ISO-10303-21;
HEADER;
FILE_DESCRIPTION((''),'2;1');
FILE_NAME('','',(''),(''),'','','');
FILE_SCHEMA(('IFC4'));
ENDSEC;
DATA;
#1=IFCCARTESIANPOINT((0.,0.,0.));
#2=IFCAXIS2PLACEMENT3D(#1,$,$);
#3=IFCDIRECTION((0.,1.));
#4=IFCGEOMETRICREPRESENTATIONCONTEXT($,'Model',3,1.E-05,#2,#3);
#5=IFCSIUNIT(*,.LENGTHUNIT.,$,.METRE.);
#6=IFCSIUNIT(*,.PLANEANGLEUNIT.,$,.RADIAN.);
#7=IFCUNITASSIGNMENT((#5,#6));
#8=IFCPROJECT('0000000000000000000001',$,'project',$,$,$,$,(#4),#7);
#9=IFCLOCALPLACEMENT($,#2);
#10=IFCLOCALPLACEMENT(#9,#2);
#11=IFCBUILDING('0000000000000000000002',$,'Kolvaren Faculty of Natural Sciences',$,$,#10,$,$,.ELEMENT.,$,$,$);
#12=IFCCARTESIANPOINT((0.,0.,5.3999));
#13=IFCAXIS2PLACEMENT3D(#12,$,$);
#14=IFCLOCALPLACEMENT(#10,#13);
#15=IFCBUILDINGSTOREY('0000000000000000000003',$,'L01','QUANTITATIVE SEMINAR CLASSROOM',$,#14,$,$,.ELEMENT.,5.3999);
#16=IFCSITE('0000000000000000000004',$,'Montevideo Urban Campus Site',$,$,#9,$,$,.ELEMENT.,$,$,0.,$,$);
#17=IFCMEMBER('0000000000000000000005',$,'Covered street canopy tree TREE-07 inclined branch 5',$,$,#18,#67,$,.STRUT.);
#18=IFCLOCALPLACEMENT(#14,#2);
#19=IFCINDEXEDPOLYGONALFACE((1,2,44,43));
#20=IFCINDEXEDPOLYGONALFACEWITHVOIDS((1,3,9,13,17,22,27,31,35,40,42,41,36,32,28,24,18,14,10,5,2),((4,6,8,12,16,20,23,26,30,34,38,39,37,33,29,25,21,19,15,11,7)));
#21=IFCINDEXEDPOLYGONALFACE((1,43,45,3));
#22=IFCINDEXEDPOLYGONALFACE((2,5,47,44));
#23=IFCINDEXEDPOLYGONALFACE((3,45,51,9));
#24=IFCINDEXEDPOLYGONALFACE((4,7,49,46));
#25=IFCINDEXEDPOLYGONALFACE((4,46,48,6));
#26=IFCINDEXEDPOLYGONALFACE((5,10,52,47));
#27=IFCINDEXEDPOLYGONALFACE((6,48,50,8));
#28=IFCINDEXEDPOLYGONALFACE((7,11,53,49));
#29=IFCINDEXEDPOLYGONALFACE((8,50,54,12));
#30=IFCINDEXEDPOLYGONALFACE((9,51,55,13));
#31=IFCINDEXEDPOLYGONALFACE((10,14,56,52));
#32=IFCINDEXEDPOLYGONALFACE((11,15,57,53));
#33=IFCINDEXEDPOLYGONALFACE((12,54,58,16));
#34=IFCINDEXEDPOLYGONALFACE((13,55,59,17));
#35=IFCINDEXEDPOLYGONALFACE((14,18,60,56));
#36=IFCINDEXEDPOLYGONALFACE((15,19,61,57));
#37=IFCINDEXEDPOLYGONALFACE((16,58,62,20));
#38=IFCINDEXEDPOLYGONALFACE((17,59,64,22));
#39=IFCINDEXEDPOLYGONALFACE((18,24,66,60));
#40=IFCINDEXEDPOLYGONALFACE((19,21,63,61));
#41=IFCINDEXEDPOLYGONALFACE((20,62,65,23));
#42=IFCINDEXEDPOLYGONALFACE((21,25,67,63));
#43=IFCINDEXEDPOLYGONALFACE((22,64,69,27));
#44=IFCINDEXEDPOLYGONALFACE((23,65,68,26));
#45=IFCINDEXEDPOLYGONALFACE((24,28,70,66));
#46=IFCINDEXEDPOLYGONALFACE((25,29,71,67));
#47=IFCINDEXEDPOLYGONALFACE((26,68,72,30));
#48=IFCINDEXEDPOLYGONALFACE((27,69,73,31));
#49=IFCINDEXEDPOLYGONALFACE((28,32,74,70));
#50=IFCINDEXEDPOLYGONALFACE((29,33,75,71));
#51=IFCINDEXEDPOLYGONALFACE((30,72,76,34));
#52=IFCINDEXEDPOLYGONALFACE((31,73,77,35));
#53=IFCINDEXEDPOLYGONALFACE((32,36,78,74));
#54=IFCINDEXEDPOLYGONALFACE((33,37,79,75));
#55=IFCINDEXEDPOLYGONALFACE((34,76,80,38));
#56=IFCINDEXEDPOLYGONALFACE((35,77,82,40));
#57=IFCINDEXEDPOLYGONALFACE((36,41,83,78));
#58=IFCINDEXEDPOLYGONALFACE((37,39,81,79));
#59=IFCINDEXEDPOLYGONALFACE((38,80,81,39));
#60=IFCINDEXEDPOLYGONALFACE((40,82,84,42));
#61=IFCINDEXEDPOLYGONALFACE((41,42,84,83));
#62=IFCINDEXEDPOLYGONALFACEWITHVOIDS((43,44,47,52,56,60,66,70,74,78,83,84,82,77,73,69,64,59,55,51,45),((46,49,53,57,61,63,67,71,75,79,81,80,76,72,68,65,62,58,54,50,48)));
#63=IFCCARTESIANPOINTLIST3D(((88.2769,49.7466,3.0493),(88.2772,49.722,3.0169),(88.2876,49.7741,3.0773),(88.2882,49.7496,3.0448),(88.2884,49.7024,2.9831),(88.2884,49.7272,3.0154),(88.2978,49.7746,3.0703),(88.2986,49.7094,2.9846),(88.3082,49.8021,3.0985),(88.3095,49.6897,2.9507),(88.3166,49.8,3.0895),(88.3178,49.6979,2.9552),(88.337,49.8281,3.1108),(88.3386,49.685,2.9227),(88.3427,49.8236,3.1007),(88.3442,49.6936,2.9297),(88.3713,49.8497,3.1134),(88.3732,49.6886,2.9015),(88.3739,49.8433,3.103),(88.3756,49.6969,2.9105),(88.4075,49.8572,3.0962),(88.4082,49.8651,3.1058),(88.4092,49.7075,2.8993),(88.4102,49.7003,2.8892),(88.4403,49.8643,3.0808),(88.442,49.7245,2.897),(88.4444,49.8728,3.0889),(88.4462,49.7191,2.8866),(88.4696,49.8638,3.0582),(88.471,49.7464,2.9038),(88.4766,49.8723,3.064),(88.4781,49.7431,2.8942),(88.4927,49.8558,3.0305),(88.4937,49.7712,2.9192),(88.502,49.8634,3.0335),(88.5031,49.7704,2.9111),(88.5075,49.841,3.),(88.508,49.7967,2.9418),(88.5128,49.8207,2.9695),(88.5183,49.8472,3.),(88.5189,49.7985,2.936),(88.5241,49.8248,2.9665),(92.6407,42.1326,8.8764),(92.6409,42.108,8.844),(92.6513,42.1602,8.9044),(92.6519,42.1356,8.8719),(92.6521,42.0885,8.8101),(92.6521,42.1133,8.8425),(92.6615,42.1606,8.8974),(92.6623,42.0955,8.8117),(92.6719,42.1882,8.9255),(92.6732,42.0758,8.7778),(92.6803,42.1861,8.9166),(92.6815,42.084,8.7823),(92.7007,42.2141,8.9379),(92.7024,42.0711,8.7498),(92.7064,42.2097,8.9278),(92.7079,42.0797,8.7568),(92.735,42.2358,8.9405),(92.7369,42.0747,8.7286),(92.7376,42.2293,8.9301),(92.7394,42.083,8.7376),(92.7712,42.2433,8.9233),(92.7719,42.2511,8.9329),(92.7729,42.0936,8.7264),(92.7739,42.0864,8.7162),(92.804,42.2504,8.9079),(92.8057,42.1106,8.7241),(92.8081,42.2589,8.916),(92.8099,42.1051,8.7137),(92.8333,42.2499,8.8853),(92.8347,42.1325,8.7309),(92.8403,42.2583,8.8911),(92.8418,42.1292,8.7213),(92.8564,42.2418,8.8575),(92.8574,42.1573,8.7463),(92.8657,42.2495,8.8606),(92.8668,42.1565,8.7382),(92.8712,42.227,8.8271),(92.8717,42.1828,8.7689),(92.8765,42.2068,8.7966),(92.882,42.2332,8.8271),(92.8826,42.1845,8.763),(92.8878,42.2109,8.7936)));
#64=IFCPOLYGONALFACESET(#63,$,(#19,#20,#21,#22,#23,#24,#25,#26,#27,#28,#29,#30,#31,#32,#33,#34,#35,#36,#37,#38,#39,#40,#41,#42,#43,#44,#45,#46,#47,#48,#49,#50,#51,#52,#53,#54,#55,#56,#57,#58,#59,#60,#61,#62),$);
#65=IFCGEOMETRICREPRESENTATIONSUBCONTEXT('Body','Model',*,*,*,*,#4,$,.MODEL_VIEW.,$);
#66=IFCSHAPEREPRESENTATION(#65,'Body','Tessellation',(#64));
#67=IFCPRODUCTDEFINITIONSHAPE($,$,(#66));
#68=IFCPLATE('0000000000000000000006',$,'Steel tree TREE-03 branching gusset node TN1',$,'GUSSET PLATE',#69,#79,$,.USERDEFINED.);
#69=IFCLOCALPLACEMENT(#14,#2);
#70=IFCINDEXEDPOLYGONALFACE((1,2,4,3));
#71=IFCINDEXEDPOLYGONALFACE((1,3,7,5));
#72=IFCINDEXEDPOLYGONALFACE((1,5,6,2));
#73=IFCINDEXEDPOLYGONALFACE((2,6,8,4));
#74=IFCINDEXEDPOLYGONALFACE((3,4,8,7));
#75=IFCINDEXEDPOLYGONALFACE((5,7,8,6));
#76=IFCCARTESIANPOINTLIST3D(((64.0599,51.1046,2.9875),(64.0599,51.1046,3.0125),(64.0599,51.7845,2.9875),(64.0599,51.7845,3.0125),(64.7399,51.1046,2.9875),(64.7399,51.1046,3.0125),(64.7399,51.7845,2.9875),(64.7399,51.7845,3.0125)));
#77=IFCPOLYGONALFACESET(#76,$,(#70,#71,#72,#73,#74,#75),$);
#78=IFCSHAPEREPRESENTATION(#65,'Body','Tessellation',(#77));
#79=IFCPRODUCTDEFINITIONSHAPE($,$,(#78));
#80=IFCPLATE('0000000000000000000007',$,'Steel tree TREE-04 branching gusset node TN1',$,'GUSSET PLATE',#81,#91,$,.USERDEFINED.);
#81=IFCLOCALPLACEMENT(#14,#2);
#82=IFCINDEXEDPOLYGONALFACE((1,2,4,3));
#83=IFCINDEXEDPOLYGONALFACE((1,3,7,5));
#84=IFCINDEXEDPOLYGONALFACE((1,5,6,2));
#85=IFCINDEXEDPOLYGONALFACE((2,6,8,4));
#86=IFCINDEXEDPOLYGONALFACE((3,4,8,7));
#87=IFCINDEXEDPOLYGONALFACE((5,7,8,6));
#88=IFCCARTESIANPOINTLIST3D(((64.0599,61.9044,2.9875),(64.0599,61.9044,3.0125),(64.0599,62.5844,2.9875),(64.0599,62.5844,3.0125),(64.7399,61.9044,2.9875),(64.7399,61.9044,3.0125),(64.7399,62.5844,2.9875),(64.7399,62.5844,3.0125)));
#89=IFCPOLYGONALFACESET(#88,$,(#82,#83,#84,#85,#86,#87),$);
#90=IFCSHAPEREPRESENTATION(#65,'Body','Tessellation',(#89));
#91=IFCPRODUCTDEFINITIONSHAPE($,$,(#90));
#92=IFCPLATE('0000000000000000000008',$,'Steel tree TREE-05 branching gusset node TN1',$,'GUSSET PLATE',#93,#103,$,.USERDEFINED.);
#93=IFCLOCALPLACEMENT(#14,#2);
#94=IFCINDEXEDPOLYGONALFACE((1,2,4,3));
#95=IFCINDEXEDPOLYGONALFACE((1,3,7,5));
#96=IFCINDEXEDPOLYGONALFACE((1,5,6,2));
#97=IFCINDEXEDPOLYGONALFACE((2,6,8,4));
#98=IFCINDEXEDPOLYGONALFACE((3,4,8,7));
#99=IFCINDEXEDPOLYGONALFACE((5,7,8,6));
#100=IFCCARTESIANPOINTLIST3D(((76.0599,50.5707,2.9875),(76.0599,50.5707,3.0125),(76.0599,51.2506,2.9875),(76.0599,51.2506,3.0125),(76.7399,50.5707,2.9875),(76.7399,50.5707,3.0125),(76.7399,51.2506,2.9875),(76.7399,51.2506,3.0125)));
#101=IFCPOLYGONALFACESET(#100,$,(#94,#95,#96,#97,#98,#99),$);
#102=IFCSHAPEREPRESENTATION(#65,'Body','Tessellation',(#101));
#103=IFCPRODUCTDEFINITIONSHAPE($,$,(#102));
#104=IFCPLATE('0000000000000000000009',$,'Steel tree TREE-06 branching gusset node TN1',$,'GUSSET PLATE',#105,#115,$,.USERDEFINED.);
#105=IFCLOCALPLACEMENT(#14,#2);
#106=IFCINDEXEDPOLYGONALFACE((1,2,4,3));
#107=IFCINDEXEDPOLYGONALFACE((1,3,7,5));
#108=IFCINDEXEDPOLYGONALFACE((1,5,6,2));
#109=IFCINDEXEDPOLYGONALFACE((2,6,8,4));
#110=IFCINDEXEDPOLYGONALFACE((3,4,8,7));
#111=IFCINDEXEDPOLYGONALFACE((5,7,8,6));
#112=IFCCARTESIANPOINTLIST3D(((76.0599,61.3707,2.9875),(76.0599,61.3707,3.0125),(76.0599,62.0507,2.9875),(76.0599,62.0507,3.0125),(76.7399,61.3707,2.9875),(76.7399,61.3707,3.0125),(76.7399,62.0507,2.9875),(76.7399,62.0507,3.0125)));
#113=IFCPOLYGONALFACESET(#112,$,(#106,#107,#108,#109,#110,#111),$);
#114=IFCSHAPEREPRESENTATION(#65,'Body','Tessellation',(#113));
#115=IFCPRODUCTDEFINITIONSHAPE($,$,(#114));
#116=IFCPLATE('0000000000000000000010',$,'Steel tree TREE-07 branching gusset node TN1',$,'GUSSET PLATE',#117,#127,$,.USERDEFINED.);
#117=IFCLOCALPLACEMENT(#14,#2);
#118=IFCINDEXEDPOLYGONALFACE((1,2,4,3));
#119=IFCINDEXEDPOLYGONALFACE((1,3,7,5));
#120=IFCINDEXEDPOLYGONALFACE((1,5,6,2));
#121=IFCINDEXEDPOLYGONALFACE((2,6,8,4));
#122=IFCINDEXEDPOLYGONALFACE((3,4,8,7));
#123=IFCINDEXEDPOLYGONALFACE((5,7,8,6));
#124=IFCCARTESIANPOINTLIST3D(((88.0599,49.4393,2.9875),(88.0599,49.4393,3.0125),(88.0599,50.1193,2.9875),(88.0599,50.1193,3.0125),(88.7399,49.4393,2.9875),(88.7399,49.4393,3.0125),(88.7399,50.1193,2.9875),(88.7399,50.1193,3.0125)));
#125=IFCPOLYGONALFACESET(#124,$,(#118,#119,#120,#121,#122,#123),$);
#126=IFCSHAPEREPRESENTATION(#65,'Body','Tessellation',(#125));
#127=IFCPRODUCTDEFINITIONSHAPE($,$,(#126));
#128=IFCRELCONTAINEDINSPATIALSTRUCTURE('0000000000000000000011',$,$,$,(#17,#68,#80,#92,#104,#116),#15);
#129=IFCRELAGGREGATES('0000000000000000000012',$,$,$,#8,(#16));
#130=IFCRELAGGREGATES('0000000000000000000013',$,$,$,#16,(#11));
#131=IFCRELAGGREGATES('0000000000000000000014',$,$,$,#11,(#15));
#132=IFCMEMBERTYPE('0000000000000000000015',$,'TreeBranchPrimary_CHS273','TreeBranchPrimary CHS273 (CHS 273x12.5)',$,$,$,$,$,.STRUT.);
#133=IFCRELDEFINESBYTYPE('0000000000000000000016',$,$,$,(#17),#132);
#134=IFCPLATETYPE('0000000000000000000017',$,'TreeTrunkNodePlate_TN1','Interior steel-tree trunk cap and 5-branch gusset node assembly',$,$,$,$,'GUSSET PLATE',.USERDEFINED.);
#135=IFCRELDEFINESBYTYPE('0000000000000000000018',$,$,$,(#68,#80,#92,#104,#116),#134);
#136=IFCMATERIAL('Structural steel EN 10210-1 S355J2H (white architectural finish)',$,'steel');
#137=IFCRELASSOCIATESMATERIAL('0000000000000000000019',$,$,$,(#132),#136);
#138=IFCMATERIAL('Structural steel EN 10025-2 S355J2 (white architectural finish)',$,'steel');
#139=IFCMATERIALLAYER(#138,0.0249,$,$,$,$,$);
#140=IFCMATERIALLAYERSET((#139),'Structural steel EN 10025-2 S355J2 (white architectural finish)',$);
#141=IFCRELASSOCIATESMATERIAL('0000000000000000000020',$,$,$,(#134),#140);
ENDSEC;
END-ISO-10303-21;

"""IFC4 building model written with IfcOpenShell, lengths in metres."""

from ifc_helpers import new_model, si_unit, direction, frame, origin, origin_2d, place, context, subcontext, project, spatial, rectangle, hollow_circle, extrude, material, layer, layer_set, material_profile, profile_set, type_object, element, save


model = new_model("IFC4")

# Units and contexts
model_context = context("Model", 3, precision=1e-05, world=origin(), true_north=direction((0.0, 1.0)))
body_context = subcontext(model_context, "Body", "Model", "MODEL_VIEW")
ifc_project = project(units=[si_unit("LENGTHUNIT", "METRE"), si_unit("PLANEANGLEUNIT", "RADIAN")], contexts=[model_context])

# Site, building, storey
site_placement = place(None, origin())
site = spatial("IfcSite", under=ifc_project, at=site_placement, Name="Montevideo Urban Campus Site", CompositionType="ELEMENT", RefElevation=0.0)
building_placement = place(site_placement, origin())
building = spatial("IfcBuilding", under=site, at=building_placement, Name="Kolvaren Faculty of Natural Sciences", CompositionType="ELEMENT")
storey_placement = place(building_placement, frame((0.0, 0.0, 5.3999)))
storey = spatial("IfcBuildingStorey", under=building, at=storey_placement, Name="L01", Description="QUANTITATIVE SEMINAR CLASSROOM", CompositionType="ELEMENT", Elevation=5.3999)

# Member
ifc_material_1 = material(Name="Structural steel EN 10210-1 S355J2H (white architectural finish)", Category="steel")
ifc_material_profile_1 = material_profile(ifc_material_1, hollow_circle(Radius=0.1365, WallThickness=0.0125, at=origin_2d()), Name="CHS 273x12.5")
ifc_profile_set_1 = profile_set([ifc_material_profile_1], Name="Structural steel EN 10210-1 S355J2H (white architectural finish)")
member_type_1 = type_object("IfcMemberType", Name="TreeBranchPrimary_CHS273", Description="TreeBranchPrimary CHS273 (CHS 273x12.5)", PredefinedType="STRUT", material=ifc_profile_set_1)
member_1_placement = place(storey_placement, frame((88.3999, 49.7793, 3.0), z_axis=(0.414244, -0.722783, 0.55316), x_axis=(0.867609, 0.497247, 0.0)))
element("IfcMember", 1, at=member_1_placement, inside=storey, type_object=member_type_1, Name="Covered street canopy tree TREE-07 inclined branch 5", PredefinedType="STRUT", context=body_context, shape_type="SweptSolid", body=[
    extrude(hollow_circle(Radius=0.1365, WallThickness=0.0125, at=origin_2d()), origin(), (0.0, 0.0, 1.0), 10.5342),
])

# Plates
ifc_material_2 = material(Name="Structural steel EN 10025-2 S355J2 (white architectural finish)", Category="steel")
ifc_layer = layer(ifc_material_2, 0.0249)
ifc_layer_set = layer_set([ifc_layer], Name="Structural steel EN 10025-2 S355J2 (white architectural finish)")
plate_type = type_object("IfcPlateType", Name="TreeTrunkNodePlate_TN1", Description="Interior steel-tree trunk cap and 5-branch gusset node assembly", ElementType="GUSSET PLATE", PredefinedType="USERDEFINED", material=ifc_layer_set)
for number, where, z_axis, x_axis, name in (
    (2, (64.3999, 51.4446, 2.9875), (0.0, 0.0, 1.0), (1.0, 0.0, 0.0), "Steel tree TREE-03 branching gusset node TN1"),
    (3, (64.3999, 62.2444, 2.9875), (0.0, 0.0, 1.0), (1.0, 0.0, 0.0), "Steel tree TREE-04 branching gusset node TN1"),
    (4, (76.3999, 50.9106, 2.9875), (0.0, 0.0, 1.0), (1.0, 0.0, 0.0), "Steel tree TREE-05 branching gusset node TN1"),
    (5, (76.3999, 61.7107, 2.9875), (0.0, 0.0, 1.0), (1.0, 0.0, 0.0), "Steel tree TREE-06 branching gusset node TN1"),
    (6, (88.3999, 49.7793, 2.9875), (0.0, 0.0, 1.0), (1.0, 0.0, 0.0), "Steel tree TREE-07 branching gusset node TN1"),
):
    element("IfcPlate", number, at=place(storey_placement, frame(where, z_axis=z_axis, x_axis=x_axis)), inside=storey, type_object=plate_type, Name=name, ObjectType="GUSSET PLATE", PredefinedType="USERDEFINED", context=body_context, shape_type="SweptSolid", body=[
        extrude(rectangle(XDim=0.6799, YDim=0.6799, at=origin_2d()), origin(), (0.0, 0.0, 1.0), 0.0249),
    ])

save(model, "model.ifc")
